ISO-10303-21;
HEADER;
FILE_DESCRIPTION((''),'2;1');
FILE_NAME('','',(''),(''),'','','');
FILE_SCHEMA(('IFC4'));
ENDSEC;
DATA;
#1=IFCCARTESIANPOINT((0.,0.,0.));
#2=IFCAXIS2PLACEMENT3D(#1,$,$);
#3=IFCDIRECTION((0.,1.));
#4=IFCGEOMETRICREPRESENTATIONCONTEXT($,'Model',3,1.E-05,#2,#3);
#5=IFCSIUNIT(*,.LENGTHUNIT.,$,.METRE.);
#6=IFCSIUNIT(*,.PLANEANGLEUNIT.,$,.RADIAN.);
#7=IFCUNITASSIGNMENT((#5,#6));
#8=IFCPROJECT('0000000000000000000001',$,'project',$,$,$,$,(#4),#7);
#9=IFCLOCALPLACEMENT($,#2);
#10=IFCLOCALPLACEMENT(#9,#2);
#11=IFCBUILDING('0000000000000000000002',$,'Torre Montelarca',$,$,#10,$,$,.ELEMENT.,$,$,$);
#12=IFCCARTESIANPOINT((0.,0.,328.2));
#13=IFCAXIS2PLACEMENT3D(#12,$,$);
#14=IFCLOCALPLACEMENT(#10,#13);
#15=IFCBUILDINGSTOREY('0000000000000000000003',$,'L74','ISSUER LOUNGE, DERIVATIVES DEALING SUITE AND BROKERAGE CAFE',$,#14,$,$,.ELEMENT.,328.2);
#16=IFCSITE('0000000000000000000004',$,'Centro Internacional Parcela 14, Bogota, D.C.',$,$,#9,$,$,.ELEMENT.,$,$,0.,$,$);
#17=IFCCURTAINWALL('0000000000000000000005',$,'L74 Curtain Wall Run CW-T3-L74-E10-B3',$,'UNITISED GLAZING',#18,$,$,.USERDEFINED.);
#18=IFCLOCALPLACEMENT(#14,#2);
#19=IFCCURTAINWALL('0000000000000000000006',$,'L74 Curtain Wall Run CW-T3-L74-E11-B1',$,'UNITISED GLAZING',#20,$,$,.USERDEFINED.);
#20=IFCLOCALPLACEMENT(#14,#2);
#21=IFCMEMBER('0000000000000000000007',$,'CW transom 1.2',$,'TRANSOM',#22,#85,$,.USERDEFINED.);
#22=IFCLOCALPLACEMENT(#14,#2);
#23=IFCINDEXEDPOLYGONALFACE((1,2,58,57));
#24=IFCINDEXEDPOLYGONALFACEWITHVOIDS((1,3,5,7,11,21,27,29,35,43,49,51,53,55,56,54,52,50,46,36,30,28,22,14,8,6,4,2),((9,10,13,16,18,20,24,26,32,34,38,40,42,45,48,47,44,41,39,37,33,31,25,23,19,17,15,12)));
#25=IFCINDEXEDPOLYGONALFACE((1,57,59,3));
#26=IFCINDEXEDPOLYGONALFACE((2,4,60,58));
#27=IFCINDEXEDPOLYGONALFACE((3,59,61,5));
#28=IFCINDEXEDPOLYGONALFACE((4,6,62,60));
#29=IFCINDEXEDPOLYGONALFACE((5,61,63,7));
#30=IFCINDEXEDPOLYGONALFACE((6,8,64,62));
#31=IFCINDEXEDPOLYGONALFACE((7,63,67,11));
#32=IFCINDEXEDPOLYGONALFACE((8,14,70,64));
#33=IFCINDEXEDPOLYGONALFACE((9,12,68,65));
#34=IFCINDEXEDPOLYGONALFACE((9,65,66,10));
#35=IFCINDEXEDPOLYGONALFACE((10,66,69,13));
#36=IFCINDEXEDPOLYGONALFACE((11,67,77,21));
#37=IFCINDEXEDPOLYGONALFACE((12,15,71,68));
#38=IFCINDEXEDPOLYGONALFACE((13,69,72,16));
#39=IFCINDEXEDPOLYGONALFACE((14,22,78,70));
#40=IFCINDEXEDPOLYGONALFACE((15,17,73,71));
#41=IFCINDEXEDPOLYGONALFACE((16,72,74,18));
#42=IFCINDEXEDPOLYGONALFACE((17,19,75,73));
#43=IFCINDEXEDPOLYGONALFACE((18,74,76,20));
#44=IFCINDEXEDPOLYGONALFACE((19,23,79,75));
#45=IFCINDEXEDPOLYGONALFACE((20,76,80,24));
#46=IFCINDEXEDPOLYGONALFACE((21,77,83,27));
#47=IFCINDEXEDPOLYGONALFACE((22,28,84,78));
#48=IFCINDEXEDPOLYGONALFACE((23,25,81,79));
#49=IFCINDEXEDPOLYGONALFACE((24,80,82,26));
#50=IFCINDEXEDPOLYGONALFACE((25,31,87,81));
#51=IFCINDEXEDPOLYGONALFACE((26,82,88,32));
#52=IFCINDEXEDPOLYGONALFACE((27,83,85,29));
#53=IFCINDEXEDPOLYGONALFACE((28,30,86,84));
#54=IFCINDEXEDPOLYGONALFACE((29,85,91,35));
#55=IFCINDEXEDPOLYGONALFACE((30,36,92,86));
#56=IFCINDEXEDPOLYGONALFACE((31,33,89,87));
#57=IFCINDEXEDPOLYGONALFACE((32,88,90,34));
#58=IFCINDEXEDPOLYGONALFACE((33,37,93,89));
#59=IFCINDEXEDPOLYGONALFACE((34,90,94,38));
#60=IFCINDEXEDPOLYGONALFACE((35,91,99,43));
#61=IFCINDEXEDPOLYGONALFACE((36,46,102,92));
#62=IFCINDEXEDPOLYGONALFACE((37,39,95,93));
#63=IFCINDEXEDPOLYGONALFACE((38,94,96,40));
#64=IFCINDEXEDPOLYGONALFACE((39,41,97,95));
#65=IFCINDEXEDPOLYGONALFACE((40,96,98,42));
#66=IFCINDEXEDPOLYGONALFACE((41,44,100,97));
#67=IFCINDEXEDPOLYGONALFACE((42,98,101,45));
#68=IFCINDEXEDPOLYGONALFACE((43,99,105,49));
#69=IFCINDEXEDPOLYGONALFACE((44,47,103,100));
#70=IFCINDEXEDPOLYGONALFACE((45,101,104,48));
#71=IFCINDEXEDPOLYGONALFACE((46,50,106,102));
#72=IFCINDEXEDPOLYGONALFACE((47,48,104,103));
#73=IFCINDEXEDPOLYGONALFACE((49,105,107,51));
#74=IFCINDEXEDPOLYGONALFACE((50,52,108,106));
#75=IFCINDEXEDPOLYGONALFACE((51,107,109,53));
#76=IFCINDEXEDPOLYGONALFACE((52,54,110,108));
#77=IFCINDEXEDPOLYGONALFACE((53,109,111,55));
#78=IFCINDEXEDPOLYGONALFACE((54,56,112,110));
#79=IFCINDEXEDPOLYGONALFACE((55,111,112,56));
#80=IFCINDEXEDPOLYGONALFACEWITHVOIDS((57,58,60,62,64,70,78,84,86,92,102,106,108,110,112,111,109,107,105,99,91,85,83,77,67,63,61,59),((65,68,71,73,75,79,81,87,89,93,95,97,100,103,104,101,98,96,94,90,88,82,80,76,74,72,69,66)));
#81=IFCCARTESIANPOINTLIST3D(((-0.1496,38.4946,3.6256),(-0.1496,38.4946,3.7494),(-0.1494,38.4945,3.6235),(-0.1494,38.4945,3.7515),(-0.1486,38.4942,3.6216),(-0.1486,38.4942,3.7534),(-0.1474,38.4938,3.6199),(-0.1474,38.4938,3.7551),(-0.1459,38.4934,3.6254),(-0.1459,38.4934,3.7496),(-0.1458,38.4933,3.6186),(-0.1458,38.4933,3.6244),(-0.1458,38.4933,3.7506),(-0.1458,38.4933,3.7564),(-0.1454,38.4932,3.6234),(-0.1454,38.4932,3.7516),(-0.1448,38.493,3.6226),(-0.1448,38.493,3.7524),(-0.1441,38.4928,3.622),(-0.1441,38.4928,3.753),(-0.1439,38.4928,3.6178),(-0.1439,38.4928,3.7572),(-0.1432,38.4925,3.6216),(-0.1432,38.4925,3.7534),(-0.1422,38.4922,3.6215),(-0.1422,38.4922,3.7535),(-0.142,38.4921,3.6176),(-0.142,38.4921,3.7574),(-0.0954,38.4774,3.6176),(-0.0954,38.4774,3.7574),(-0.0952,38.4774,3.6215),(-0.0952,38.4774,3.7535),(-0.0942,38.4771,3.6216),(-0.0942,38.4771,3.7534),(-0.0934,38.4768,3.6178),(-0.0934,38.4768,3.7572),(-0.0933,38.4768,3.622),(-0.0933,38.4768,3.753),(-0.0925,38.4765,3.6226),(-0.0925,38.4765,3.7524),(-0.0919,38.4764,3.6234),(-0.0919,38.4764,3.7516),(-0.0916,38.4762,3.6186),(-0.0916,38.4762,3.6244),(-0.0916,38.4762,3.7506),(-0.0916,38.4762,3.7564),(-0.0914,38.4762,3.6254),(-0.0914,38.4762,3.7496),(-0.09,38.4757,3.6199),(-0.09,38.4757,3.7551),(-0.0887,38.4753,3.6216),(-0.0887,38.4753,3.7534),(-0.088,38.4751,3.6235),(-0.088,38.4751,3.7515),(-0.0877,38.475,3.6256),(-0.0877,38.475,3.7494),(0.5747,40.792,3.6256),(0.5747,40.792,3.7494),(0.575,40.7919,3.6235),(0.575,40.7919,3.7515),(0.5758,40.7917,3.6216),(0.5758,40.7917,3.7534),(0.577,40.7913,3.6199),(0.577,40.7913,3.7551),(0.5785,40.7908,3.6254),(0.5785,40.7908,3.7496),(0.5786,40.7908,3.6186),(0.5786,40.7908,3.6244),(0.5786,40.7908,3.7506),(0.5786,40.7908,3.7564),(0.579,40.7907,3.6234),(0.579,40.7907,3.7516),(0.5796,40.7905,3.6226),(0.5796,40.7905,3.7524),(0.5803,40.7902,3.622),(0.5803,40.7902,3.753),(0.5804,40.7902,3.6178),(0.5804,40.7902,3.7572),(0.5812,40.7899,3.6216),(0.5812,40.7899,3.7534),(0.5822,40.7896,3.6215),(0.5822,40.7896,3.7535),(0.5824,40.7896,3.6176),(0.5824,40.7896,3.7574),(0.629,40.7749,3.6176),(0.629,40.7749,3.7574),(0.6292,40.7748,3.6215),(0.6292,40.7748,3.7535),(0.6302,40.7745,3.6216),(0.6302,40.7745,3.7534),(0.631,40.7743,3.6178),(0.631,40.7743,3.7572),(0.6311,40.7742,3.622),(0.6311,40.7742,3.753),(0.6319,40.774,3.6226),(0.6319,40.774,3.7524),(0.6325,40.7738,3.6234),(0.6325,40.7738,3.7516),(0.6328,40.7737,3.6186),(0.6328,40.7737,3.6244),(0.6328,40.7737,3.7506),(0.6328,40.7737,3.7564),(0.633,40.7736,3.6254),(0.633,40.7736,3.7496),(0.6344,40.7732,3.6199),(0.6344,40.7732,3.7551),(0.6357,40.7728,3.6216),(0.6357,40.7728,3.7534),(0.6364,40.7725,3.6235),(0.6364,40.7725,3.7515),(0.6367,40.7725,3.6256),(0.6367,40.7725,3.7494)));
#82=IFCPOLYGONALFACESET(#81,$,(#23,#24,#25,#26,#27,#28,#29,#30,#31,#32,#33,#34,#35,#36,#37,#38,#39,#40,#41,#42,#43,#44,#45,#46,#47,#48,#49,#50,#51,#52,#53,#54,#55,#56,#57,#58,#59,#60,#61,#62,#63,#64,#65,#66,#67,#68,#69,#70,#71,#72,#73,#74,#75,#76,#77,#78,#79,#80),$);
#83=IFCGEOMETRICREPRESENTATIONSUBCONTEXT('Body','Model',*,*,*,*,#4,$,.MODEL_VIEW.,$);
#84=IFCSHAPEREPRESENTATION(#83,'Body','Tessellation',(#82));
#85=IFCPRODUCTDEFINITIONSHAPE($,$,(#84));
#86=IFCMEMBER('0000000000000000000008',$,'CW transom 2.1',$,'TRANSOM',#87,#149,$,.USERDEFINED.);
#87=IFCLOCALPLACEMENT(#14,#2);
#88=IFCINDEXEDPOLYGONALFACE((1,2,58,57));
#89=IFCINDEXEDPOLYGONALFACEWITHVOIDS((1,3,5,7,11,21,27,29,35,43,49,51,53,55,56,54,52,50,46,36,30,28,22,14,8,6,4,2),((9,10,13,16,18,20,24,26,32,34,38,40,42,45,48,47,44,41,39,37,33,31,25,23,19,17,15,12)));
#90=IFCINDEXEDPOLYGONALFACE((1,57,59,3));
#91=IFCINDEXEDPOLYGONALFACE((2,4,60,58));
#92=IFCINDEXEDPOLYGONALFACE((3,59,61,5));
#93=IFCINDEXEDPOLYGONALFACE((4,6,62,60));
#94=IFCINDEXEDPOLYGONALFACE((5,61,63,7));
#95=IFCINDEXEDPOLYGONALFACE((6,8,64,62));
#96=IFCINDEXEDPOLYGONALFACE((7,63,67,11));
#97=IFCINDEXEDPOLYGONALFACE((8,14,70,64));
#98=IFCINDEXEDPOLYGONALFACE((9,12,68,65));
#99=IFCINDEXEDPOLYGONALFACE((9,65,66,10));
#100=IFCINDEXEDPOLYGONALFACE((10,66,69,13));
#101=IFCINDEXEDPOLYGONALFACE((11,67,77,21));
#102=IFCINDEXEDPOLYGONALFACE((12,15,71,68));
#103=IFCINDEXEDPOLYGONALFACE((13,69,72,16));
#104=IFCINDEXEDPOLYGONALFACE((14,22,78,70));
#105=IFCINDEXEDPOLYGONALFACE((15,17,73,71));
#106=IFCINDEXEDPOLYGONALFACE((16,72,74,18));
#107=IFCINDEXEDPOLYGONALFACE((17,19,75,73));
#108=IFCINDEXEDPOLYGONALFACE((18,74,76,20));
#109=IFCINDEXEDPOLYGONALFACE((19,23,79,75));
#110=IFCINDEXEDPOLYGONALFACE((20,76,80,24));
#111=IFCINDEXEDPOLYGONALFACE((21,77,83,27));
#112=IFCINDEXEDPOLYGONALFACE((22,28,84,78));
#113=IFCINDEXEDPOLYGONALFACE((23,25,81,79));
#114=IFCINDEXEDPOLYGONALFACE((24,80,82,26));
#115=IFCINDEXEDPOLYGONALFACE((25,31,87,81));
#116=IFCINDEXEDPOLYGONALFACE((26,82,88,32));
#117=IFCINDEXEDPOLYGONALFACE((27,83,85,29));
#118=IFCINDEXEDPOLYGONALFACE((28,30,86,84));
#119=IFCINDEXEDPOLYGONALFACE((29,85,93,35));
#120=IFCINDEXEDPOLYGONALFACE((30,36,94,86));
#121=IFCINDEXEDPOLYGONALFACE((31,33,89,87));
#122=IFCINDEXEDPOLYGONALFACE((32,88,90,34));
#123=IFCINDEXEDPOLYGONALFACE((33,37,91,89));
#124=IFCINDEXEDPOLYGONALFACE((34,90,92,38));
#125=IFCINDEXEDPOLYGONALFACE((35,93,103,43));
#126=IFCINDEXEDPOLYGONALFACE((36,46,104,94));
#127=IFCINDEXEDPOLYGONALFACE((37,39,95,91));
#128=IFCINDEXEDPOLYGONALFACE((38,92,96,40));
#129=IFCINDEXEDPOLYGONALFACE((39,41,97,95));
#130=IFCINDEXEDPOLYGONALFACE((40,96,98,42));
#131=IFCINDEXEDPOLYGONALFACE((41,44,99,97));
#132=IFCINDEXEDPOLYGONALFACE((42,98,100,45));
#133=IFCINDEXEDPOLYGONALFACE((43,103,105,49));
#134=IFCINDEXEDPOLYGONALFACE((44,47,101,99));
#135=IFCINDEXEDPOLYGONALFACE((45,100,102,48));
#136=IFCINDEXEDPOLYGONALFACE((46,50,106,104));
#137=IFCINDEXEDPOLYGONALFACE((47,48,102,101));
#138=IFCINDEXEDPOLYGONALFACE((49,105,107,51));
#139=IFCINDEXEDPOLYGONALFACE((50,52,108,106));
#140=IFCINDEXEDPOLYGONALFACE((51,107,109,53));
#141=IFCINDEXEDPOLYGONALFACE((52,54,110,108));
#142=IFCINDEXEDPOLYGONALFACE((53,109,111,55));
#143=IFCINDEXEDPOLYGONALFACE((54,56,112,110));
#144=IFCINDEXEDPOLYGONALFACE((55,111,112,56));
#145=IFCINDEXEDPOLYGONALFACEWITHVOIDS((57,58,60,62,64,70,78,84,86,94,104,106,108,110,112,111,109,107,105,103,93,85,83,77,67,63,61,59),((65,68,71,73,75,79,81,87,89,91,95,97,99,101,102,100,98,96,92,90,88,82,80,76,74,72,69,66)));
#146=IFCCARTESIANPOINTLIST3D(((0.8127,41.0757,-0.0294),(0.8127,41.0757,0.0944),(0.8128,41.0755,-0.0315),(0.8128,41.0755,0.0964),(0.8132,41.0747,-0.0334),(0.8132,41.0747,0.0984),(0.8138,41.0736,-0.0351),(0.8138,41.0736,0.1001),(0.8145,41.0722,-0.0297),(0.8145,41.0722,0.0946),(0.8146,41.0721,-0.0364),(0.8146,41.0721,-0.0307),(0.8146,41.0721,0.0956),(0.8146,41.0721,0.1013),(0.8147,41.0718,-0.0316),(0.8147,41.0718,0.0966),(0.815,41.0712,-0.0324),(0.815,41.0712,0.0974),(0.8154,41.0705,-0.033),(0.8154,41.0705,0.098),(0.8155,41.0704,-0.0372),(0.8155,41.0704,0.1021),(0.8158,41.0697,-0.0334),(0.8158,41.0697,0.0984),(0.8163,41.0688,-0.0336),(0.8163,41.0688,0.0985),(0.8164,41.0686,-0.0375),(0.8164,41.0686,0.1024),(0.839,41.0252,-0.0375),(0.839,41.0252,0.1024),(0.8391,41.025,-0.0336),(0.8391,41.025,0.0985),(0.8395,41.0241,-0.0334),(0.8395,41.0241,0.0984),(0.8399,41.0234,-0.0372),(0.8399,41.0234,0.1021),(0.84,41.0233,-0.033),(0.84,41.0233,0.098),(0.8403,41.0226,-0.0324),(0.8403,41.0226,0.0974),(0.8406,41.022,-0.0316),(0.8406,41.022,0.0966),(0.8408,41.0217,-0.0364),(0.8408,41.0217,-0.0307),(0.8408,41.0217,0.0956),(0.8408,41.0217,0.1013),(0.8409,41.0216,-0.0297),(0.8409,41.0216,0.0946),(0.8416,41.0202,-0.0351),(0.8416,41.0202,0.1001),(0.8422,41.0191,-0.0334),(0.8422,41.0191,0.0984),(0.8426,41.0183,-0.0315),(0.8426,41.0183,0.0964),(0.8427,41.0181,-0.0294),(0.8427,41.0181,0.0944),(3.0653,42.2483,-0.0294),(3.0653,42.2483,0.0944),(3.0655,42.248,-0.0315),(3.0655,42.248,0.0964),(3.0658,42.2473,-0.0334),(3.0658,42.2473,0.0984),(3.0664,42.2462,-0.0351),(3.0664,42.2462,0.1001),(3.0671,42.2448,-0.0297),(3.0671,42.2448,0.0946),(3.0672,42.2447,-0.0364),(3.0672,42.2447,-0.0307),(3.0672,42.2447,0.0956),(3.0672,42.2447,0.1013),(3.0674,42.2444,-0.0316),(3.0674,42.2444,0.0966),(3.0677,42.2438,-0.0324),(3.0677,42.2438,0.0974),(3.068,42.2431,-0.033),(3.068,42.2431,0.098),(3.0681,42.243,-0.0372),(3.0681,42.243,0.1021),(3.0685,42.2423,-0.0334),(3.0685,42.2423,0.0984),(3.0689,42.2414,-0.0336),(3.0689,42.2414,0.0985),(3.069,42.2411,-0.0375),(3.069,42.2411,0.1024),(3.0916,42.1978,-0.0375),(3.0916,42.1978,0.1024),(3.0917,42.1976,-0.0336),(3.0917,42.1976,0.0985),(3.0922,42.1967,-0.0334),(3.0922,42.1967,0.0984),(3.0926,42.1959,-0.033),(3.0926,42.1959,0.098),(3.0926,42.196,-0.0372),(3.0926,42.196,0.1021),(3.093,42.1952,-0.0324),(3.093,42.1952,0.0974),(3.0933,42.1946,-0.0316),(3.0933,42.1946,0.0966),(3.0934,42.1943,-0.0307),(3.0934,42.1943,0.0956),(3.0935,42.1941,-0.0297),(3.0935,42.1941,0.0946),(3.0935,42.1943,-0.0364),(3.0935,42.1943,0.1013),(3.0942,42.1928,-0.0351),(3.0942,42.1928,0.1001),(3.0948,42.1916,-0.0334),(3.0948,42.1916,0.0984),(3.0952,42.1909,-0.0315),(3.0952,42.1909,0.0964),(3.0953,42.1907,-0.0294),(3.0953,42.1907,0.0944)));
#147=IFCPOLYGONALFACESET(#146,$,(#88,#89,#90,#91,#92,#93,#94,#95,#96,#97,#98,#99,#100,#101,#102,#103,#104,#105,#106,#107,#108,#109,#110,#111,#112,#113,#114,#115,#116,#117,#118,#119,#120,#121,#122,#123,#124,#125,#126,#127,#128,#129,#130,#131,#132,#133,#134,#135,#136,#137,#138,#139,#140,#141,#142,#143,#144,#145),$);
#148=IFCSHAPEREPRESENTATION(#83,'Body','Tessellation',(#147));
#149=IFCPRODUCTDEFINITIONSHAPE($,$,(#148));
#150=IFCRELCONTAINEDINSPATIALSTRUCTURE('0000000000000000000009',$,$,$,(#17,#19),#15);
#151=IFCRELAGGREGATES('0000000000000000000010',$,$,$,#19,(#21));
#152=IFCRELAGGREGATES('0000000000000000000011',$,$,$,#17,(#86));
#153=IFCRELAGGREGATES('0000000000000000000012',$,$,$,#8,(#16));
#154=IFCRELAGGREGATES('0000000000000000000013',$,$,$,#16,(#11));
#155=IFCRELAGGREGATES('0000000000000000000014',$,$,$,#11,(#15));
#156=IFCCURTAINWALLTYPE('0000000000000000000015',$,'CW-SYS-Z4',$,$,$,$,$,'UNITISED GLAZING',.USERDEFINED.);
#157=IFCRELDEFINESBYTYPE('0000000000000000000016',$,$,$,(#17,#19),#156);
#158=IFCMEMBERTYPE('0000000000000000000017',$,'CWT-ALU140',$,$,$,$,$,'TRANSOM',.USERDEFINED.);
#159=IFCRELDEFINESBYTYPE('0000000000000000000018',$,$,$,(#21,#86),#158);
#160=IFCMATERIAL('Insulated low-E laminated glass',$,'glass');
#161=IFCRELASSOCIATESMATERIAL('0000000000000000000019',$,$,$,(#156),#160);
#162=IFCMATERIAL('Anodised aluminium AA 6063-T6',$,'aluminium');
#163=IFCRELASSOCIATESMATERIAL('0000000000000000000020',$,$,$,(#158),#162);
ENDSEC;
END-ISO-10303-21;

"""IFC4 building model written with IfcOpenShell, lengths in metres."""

from ifc_helpers import new_model, si_unit, direction, frame, origin, origin_2d, place, context, subcontext, project, spatial, hollow_rectangle, extrude, source, transform, mapped, material, material_profile, profile_set, type_object, element, aggregate, save


model = new_model("IFC4")

# Units and contexts
model_context = context("Model", 3, precision=1e-05, world=origin(), true_north=direction((0.0, 1.0)))
body_context = subcontext(model_context, "Body", "Model", "MODEL_VIEW")
ifc_project = project(units=[si_unit("LENGTHUNIT", "METRE"), si_unit("PLANEANGLEUNIT", "RADIAN")], contexts=[model_context])

# Site, building, storey
site_placement = place(None, origin())
site = spatial("IfcSite", under=ifc_project, at=site_placement, Name="Centro Internacional Parcela 14, Bogota, D.C.", CompositionType="ELEMENT", RefElevation=0.0)
building_placement = place(site_placement, origin())
building = spatial("IfcBuilding", under=site, at=building_placement, Name="Torre Montelarca", CompositionType="ELEMENT")
storey_placement = place(building_placement, frame((0.0, 0.0, 328.2)))
storey = spatial("IfcBuildingStorey", under=building, at=storey_placement, Name="L74", Description="ISSUER LOUNGE, DERIVATIVES DEALING SUITE AND BROKERAGE CAFE", CompositionType="ELEMENT", Elevation=328.2)

# Curtain walls, member
ifc_material_1 = material(Name="Insulated low-E laminated glass", Category="glass")
curtain_wall_type = type_object("IfcCurtainWallType", Name="CW-SYS-Z4", ElementType="UNITISED GLAZING", PredefinedType="USERDEFINED", material=ifc_material_1)
ifc_material_2 = material(Name="Anodised aluminium AA 6063-T6", Category="aluminium")
curtain_wall_1_placement = place(storey_placement, origin())
curtain_wall_1 = element("IfcCurtainWall", 1, at=curtain_wall_1_placement, inside=storey, type_object=curtain_wall_type, Name="L74 Curtain Wall Run CW-T3-L74-E10-B3", ObjectType="UNITISED GLAZING", PredefinedType="USERDEFINED")
curtain_wall_2_placement = place(storey_placement, origin())
curtain_wall_2 = element("IfcCurtainWall", 2, at=curtain_wall_2_placement, inside=storey, type_object=curtain_wall_type, Name="L74 Curtain Wall Run CW-T3-L74-E11-B1", ObjectType="UNITISED GLAZING", PredefinedType="USERDEFINED")
ifc_material_profile_1 = material_profile(ifc_material_2, hollow_rectangle(XDim=0.0649, YDim=0.1399, WallThickness=0.0039, InnerFilletRadius=0.0039, OuterFilletRadius=0.0081, at=origin_2d()), Name="ALU65X140X4", Category="aluminium")
ifc_profile_set_1 = profile_set([ifc_material_profile_1], Name="Anodised aluminium AA 6063-T6")
member_type_1 = type_object("IfcMemberType", Name="CWT-ALU140", ElementType="TRANSOM", PredefinedType="USERDEFINED", material=ifc_profile_set_1)
shared_shape_1 = source(origin(), body_context, "Body", "SweptSolid", [
    extrude(hollow_rectangle(XDim=0.0649, YDim=0.1399, WallThickness=0.0039, InnerFilletRadius=0.0039, OuterFilletRadius=0.0081, at=origin_2d()), origin(), (0.0, 0.0, 1.0), 2.4089),
])
member_1_placement = place(storey_placement, frame((0.6057, 40.7822, 3.6875), z_axis=(-0.300709, -0.953716, 0.0), x_axis=(0.953716, -0.300709, 0.0)))
member_1 = element("IfcMember", 3, at=member_1_placement, type_object=member_type_1, Name="CW transom 1.2", ObjectType="TRANSOM", PredefinedType="USERDEFINED", context=body_context, shape_type="MappedRepresentation", body=[
    mapped(shared_shape_1, transform((0.0, 0.0, 0.0), scale=1.0)),
])
aggregate(curtain_wall_2, [member_1])

# Member
shared_shape_2 = source(origin(), body_context, "Body", "SweptSolid", [
    extrude(hollow_rectangle(XDim=0.0649, YDim=0.1399, WallThickness=0.0039, InnerFilletRadius=0.0039, OuterFilletRadius=0.0081, at=origin_2d()), origin(), (0.0, 0.0, 1.0), 2.5396),
])
member_2_placement = place(storey_placement, frame((3.0803, 42.2195, 0.0325), z_axis=(-0.887022, -0.461728, 0.0), x_axis=(0.461728, -0.887022, 0.0)))
member_2 = element("IfcMember", 4, at=member_2_placement, type_object=member_type_1, Name="CW transom 2.1", ObjectType="TRANSOM", PredefinedType="USERDEFINED", context=body_context, shape_type="MappedRepresentation", body=[
    mapped(shared_shape_2, transform((0.0, 0.0, 0.0), scale=1.0)),
])

aggregate(curtain_wall_1, [member_2])

save(model, "model.ifc")
